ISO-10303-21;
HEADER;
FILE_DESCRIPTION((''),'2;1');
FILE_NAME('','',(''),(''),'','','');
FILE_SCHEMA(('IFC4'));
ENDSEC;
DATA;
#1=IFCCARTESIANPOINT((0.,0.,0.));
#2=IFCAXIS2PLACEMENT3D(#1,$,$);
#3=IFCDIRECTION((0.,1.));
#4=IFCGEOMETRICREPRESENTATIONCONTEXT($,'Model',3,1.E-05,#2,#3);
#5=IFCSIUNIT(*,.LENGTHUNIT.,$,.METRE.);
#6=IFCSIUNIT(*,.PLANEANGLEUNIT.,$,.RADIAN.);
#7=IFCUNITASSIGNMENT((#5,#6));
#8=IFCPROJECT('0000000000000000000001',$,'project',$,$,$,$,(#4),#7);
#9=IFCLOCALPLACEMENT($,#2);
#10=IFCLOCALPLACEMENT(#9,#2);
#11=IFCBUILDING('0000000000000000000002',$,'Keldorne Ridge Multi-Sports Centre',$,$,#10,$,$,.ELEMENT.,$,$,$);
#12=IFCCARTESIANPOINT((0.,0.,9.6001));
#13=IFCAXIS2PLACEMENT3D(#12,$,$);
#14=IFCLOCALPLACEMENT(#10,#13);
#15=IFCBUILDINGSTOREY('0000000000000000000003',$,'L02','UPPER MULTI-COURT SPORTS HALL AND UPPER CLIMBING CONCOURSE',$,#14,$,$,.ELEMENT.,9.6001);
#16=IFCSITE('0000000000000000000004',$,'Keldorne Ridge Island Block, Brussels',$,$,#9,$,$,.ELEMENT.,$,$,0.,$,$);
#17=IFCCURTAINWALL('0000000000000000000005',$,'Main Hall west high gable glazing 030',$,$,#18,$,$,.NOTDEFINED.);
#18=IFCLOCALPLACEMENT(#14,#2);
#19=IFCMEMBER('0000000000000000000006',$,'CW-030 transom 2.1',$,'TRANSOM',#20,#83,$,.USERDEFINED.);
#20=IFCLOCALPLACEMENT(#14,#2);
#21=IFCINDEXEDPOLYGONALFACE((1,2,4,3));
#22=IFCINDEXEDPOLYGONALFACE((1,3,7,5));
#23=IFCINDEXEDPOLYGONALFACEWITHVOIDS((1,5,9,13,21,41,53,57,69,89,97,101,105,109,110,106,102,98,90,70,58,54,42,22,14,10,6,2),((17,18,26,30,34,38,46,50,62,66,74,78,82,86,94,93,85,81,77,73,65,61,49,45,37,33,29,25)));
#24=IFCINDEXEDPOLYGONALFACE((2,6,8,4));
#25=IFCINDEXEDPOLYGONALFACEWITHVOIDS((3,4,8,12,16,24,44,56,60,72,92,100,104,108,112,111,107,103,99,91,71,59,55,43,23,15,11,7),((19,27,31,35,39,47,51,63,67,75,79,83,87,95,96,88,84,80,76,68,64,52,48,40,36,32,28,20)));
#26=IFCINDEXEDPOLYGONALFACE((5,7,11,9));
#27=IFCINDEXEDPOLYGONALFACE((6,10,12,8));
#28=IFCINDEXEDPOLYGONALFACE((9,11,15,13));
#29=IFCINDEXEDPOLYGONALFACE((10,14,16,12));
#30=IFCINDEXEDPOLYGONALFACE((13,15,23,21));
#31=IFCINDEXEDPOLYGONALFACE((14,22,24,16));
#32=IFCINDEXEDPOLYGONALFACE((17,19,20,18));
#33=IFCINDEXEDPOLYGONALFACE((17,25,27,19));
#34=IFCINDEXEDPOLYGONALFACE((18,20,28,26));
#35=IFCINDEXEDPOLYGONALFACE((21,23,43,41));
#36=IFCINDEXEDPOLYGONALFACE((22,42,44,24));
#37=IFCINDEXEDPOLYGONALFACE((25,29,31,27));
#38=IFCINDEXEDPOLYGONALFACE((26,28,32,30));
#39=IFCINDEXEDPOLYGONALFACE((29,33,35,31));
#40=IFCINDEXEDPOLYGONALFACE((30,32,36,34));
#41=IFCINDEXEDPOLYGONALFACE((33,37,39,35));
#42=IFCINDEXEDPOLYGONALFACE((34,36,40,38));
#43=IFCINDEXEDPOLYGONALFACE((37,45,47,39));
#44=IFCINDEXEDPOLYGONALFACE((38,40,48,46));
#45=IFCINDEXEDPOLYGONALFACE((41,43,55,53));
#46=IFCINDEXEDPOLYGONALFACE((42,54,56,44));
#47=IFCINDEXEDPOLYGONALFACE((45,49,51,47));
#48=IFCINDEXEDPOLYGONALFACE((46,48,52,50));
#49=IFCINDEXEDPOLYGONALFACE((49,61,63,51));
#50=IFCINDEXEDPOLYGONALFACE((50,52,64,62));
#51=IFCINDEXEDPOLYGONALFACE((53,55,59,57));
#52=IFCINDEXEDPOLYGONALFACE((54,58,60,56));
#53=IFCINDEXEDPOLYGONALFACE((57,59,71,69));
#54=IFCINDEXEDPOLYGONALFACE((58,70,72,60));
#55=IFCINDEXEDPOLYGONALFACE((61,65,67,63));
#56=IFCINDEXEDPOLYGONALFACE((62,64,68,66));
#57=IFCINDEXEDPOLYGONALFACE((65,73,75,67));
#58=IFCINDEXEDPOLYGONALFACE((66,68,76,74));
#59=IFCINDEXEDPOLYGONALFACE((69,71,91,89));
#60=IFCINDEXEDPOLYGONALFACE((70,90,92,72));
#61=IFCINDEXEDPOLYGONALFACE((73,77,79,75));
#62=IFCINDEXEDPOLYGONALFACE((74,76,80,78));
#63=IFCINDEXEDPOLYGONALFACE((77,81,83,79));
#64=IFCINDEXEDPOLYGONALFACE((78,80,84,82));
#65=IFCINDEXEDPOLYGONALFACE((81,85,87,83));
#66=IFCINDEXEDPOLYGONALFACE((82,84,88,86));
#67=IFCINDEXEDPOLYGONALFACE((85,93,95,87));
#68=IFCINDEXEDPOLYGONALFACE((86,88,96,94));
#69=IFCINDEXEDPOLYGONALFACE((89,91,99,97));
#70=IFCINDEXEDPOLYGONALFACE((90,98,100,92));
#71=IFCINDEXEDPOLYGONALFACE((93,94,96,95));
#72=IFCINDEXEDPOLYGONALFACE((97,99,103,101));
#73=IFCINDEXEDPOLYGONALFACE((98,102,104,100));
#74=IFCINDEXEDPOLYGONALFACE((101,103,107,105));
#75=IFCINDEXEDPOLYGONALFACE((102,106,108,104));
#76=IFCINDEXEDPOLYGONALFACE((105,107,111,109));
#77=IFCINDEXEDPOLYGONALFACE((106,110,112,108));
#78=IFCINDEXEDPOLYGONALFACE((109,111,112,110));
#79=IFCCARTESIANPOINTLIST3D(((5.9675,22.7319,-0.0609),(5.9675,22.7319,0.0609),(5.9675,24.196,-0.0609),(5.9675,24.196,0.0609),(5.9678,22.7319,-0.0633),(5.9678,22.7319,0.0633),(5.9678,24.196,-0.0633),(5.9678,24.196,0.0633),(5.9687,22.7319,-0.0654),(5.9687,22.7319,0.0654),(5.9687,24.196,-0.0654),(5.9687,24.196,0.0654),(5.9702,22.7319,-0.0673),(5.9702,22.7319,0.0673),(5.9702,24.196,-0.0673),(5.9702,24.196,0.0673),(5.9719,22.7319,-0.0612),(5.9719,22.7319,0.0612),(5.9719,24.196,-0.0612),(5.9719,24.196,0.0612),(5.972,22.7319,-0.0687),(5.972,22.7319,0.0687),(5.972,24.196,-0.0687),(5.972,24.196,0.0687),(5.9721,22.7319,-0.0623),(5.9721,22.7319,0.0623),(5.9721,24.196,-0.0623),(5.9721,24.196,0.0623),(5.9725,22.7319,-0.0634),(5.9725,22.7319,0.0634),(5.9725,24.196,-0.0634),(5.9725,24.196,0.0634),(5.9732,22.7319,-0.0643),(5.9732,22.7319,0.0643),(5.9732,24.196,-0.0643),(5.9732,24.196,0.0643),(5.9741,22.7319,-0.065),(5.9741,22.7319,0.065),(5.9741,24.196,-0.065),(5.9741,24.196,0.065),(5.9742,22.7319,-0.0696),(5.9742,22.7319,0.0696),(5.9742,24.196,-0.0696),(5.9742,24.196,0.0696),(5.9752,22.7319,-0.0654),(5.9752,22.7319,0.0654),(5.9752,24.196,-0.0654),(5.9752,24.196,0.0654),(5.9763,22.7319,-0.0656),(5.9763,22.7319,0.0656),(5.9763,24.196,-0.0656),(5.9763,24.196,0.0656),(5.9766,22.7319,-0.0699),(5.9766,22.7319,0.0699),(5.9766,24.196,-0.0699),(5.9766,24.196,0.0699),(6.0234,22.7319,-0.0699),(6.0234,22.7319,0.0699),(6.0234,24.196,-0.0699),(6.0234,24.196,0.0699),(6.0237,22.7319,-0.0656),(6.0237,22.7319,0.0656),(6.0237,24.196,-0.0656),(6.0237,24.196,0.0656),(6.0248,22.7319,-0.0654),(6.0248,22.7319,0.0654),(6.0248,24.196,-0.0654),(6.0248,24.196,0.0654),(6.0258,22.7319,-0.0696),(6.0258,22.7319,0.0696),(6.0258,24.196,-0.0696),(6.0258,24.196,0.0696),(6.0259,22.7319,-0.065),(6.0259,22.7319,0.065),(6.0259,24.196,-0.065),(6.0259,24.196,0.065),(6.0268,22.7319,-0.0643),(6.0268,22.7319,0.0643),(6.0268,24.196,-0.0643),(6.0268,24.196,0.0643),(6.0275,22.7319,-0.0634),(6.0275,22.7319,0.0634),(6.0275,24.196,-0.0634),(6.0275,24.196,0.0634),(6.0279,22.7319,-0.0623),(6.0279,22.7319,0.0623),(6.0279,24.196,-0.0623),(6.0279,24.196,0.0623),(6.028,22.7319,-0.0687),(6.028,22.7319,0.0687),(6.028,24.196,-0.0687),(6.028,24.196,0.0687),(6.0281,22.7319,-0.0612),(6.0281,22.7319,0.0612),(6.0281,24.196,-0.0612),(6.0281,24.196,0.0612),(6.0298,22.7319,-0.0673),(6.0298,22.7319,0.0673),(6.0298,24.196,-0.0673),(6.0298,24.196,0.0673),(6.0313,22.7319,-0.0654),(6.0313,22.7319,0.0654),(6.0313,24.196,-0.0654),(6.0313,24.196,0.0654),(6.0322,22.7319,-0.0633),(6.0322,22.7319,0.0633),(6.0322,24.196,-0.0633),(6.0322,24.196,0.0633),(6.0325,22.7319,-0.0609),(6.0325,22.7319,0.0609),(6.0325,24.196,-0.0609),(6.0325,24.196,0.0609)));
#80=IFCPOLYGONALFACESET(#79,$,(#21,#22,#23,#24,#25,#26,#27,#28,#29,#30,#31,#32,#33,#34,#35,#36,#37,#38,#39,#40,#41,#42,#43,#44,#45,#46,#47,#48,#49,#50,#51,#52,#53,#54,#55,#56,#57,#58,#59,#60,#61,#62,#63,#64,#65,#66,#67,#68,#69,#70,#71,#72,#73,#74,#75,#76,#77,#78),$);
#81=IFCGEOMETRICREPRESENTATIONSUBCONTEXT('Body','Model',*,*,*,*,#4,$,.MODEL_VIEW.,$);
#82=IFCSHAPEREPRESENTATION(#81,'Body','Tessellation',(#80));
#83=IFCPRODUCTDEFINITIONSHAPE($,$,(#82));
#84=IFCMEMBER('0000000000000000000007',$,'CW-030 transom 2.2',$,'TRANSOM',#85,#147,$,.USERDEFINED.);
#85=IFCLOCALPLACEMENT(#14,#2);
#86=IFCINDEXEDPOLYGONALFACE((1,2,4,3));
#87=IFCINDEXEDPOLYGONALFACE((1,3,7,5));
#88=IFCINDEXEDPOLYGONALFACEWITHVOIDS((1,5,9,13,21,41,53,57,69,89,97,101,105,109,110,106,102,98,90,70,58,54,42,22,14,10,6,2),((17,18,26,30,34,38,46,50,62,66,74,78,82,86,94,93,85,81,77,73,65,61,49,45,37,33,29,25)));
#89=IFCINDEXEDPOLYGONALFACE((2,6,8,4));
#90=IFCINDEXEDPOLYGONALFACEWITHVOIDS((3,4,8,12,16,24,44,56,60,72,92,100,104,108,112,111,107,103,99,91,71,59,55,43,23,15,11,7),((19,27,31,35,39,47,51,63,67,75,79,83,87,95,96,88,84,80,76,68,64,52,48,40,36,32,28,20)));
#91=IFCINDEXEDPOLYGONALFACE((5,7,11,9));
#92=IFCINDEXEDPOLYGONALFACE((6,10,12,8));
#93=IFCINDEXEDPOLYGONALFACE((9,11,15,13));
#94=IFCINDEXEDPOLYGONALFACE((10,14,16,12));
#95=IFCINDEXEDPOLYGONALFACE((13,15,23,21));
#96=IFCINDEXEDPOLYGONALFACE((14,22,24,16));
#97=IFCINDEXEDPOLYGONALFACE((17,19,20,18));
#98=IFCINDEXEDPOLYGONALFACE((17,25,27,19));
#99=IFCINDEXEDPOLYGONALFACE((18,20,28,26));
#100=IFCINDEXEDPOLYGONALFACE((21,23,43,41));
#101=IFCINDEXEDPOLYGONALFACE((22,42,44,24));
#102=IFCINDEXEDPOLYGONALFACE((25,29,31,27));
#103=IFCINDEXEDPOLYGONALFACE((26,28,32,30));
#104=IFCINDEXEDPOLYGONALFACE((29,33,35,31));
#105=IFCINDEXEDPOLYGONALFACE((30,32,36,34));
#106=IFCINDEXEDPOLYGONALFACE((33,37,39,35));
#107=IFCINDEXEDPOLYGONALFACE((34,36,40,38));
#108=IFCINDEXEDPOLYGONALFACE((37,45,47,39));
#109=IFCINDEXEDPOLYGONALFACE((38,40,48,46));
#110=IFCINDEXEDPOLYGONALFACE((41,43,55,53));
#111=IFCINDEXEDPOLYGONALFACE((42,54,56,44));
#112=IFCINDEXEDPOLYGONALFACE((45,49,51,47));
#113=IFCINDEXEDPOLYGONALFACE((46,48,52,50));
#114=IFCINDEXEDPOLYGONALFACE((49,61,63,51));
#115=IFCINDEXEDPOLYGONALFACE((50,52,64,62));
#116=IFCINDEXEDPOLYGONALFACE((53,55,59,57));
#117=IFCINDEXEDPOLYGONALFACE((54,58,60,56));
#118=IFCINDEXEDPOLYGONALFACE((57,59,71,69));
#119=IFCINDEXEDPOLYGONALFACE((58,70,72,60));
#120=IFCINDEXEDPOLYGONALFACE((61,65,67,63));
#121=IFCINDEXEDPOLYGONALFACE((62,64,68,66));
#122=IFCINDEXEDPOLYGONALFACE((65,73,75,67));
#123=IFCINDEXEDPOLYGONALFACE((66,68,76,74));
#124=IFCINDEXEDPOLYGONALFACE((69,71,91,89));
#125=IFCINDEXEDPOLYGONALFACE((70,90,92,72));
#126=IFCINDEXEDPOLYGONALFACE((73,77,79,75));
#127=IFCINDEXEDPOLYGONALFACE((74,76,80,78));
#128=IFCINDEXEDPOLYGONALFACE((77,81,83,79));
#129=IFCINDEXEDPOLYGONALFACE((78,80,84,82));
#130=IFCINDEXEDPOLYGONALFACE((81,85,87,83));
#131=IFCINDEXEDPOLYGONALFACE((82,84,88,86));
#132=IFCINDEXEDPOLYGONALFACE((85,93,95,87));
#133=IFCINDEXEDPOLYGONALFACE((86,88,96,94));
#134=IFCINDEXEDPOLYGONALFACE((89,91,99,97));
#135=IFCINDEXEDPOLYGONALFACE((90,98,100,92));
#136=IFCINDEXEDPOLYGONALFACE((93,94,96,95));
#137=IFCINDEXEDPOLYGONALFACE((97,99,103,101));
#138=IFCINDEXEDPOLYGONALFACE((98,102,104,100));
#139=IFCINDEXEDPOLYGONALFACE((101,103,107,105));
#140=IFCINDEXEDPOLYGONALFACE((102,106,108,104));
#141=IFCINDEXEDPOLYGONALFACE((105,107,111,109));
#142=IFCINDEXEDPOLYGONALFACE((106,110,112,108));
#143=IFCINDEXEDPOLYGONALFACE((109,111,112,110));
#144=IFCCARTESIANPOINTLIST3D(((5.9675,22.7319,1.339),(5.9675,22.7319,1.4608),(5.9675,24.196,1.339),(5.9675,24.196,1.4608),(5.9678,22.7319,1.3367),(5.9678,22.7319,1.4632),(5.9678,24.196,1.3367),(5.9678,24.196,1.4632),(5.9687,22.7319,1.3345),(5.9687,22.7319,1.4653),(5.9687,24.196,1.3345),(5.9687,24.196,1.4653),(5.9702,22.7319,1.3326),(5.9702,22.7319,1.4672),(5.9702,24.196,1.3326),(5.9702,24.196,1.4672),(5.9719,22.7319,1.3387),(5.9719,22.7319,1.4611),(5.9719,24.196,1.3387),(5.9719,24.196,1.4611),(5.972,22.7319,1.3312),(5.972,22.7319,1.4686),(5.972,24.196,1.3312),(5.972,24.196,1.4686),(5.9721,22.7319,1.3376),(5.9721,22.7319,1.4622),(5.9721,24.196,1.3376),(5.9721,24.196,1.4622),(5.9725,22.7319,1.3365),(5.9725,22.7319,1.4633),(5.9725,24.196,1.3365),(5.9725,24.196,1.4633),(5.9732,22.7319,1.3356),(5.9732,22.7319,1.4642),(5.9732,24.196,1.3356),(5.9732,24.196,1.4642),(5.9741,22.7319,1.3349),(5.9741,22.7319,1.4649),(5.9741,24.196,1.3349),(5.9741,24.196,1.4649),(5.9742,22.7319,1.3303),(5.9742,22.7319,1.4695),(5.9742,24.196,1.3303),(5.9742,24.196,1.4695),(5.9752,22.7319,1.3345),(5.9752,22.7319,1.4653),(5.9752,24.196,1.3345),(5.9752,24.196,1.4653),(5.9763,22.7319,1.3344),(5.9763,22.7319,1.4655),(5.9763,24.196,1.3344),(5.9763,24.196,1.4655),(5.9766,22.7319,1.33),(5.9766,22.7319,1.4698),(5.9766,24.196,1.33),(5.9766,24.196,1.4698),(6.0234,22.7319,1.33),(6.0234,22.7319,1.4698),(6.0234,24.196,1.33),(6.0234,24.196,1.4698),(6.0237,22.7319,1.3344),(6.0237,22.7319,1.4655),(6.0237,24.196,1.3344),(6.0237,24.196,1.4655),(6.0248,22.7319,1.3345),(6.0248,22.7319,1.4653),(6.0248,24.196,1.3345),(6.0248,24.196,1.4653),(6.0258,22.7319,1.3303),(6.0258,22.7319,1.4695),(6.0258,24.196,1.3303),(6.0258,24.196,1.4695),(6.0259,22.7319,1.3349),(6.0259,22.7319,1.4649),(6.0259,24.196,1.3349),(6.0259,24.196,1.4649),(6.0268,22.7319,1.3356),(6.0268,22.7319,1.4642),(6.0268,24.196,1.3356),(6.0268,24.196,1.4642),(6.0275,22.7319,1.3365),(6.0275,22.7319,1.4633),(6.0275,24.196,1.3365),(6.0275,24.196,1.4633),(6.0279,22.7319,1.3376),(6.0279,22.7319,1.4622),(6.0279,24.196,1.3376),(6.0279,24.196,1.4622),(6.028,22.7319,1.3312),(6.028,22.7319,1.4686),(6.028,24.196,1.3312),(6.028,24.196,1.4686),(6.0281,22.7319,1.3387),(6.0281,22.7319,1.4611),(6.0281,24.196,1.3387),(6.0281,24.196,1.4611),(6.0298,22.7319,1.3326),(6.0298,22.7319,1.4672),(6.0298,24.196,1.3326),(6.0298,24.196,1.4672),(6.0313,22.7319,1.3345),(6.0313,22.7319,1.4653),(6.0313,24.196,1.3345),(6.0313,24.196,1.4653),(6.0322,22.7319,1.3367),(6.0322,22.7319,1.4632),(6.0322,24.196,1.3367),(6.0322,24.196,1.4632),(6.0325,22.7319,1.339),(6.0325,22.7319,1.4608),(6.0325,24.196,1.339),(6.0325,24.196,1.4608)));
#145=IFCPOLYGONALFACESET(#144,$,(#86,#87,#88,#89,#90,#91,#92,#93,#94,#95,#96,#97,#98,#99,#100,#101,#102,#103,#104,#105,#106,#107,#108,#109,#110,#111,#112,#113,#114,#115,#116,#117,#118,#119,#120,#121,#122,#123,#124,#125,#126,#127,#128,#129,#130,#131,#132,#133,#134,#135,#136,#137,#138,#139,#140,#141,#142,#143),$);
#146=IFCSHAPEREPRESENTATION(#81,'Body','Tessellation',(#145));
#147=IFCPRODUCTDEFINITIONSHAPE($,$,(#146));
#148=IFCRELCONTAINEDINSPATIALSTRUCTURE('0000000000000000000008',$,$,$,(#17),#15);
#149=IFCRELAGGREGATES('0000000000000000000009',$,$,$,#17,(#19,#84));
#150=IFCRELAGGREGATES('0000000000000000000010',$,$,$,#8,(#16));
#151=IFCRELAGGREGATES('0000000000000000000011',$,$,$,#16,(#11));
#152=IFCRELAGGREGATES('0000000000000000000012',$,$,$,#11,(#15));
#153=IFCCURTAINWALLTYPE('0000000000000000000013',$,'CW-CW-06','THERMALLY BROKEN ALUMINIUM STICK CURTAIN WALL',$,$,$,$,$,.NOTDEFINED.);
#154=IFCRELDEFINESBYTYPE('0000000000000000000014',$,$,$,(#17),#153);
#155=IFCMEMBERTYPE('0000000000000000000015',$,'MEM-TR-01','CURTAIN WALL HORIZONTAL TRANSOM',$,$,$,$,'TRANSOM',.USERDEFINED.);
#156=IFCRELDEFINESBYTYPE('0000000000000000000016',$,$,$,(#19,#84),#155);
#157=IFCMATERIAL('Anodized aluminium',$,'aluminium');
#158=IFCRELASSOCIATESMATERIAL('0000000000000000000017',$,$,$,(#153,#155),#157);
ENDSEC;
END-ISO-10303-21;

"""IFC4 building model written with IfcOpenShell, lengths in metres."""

from ifc_helpers import new_model, si_unit, direction, frame, origin, origin_2d, place, context, subcontext, project, spatial, hollow_rectangle, extrude, material, material_profile, profile_set, type_object, element, aggregate, save


model = new_model("IFC4")

# Units and contexts
model_context = context("Model", 3, precision=1e-05, world=origin(), true_north=direction((0.0, 1.0)))
body_context = subcontext(model_context, "Body", "Model", "MODEL_VIEW")
ifc_project = project(units=[si_unit("LENGTHUNIT", "METRE"), si_unit("PLANEANGLEUNIT", "RADIAN")], contexts=[model_context])

# Site, building, storey
site_placement = place(None, origin())
site = spatial("IfcSite", under=ifc_project, at=site_placement, Name="Keldorne Ridge Island Block, Brussels", CompositionType="ELEMENT", RefElevation=0.0)
building_placement = place(site_placement, origin())
building = spatial("IfcBuilding", under=site, at=building_placement, Name="Keldorne Ridge Multi-Sports Centre", CompositionType="ELEMENT")
storey_placement = place(building_placement, frame((0.0, 0.0, 9.6001)))
storey = spatial("IfcBuildingStorey", under=building, at=storey_placement, Name="L02", Description="UPPER MULTI-COURT SPORTS HALL AND UPPER CLIMBING CONCOURSE", CompositionType="ELEMENT", Elevation=9.6001)

# Curtain wall
ifc_material_1 = material(Name="Anodized aluminium", Category="aluminium")
curtain_wall_type_1 = type_object("IfcCurtainWallType", Name="CW-CW-06", Description="THERMALLY BROKEN ALUMINIUM STICK CURTAIN WALL", PredefinedType="NOTDEFINED", material=ifc_material_1)
curtain_wall_1_placement = place(storey_placement, origin())
curtain_wall_1 = element("IfcCurtainWall", 1, at=curtain_wall_1_placement, inside=storey, type_object=curtain_wall_type_1, Name="Main Hall west high gable glazing 030", PredefinedType="NOTDEFINED")

# Members
ifc_material_profile_1 = material_profile(ifc_material_1, hollow_rectangle(XDim=0.0649, YDim=0.1399, WallThickness=0.0044, InnerFilletRadius=0.0044, OuterFilletRadius=0.009, at=origin_2d()), Name="ALU TRANSOM 140x65x4.5")
ifc_profile_set_1 = profile_set([ifc_material_profile_1], Name="Anodized aluminium")
member_type_1 = type_object("IfcMemberType", Name="MEM-TR-01", Description="CURTAIN WALL HORIZONTAL TRANSOM", ElementType="TRANSOM", PredefinedType="USERDEFINED", material=ifc_profile_set_1)
member_1_placement = place(storey_placement, frame((6.0, 24.196, 0.0), z_axis=(0.0, -1.0, 0.0), x_axis=(1.0, 0.0, 0.0)))
member_1 = element("IfcMember", 2, at=member_1_placement, type_object=member_type_1, Name="CW-030 transom 2.1", ObjectType="TRANSOM", PredefinedType="USERDEFINED", context=body_context, shape_type="SweptSolid", body=[
    extrude(hollow_rectangle(XDim=0.0649, YDim=0.1399, WallThickness=0.0044, InnerFilletRadius=0.0044, OuterFilletRadius=0.009, at=origin_2d()), origin(), (0.0, 0.0, 1.0), 1.4641),
])
member_2_placement = place(storey_placement, frame((6.0, 24.196, 1.3999), z_axis=(0.0, -1.0, 0.0), x_axis=(1.0, 0.0, 0.0)))
member_2 = element("IfcMember", 3, at=member_2_placement, type_object=member_type_1, Name="CW-030 transom 2.2", ObjectType="TRANSOM", PredefinedType="USERDEFINED", context=body_context, shape_type="SweptSolid", body=[
    extrude(hollow_rectangle(XDim=0.0649, YDim=0.1399, WallThickness=0.0044, InnerFilletRadius=0.0044, OuterFilletRadius=0.009, at=origin_2d()), origin(), (0.0, 0.0, 1.0), 1.4641),
])

aggregate(curtain_wall_1, [member_1, member_2])

save(model, "model.ifc")
